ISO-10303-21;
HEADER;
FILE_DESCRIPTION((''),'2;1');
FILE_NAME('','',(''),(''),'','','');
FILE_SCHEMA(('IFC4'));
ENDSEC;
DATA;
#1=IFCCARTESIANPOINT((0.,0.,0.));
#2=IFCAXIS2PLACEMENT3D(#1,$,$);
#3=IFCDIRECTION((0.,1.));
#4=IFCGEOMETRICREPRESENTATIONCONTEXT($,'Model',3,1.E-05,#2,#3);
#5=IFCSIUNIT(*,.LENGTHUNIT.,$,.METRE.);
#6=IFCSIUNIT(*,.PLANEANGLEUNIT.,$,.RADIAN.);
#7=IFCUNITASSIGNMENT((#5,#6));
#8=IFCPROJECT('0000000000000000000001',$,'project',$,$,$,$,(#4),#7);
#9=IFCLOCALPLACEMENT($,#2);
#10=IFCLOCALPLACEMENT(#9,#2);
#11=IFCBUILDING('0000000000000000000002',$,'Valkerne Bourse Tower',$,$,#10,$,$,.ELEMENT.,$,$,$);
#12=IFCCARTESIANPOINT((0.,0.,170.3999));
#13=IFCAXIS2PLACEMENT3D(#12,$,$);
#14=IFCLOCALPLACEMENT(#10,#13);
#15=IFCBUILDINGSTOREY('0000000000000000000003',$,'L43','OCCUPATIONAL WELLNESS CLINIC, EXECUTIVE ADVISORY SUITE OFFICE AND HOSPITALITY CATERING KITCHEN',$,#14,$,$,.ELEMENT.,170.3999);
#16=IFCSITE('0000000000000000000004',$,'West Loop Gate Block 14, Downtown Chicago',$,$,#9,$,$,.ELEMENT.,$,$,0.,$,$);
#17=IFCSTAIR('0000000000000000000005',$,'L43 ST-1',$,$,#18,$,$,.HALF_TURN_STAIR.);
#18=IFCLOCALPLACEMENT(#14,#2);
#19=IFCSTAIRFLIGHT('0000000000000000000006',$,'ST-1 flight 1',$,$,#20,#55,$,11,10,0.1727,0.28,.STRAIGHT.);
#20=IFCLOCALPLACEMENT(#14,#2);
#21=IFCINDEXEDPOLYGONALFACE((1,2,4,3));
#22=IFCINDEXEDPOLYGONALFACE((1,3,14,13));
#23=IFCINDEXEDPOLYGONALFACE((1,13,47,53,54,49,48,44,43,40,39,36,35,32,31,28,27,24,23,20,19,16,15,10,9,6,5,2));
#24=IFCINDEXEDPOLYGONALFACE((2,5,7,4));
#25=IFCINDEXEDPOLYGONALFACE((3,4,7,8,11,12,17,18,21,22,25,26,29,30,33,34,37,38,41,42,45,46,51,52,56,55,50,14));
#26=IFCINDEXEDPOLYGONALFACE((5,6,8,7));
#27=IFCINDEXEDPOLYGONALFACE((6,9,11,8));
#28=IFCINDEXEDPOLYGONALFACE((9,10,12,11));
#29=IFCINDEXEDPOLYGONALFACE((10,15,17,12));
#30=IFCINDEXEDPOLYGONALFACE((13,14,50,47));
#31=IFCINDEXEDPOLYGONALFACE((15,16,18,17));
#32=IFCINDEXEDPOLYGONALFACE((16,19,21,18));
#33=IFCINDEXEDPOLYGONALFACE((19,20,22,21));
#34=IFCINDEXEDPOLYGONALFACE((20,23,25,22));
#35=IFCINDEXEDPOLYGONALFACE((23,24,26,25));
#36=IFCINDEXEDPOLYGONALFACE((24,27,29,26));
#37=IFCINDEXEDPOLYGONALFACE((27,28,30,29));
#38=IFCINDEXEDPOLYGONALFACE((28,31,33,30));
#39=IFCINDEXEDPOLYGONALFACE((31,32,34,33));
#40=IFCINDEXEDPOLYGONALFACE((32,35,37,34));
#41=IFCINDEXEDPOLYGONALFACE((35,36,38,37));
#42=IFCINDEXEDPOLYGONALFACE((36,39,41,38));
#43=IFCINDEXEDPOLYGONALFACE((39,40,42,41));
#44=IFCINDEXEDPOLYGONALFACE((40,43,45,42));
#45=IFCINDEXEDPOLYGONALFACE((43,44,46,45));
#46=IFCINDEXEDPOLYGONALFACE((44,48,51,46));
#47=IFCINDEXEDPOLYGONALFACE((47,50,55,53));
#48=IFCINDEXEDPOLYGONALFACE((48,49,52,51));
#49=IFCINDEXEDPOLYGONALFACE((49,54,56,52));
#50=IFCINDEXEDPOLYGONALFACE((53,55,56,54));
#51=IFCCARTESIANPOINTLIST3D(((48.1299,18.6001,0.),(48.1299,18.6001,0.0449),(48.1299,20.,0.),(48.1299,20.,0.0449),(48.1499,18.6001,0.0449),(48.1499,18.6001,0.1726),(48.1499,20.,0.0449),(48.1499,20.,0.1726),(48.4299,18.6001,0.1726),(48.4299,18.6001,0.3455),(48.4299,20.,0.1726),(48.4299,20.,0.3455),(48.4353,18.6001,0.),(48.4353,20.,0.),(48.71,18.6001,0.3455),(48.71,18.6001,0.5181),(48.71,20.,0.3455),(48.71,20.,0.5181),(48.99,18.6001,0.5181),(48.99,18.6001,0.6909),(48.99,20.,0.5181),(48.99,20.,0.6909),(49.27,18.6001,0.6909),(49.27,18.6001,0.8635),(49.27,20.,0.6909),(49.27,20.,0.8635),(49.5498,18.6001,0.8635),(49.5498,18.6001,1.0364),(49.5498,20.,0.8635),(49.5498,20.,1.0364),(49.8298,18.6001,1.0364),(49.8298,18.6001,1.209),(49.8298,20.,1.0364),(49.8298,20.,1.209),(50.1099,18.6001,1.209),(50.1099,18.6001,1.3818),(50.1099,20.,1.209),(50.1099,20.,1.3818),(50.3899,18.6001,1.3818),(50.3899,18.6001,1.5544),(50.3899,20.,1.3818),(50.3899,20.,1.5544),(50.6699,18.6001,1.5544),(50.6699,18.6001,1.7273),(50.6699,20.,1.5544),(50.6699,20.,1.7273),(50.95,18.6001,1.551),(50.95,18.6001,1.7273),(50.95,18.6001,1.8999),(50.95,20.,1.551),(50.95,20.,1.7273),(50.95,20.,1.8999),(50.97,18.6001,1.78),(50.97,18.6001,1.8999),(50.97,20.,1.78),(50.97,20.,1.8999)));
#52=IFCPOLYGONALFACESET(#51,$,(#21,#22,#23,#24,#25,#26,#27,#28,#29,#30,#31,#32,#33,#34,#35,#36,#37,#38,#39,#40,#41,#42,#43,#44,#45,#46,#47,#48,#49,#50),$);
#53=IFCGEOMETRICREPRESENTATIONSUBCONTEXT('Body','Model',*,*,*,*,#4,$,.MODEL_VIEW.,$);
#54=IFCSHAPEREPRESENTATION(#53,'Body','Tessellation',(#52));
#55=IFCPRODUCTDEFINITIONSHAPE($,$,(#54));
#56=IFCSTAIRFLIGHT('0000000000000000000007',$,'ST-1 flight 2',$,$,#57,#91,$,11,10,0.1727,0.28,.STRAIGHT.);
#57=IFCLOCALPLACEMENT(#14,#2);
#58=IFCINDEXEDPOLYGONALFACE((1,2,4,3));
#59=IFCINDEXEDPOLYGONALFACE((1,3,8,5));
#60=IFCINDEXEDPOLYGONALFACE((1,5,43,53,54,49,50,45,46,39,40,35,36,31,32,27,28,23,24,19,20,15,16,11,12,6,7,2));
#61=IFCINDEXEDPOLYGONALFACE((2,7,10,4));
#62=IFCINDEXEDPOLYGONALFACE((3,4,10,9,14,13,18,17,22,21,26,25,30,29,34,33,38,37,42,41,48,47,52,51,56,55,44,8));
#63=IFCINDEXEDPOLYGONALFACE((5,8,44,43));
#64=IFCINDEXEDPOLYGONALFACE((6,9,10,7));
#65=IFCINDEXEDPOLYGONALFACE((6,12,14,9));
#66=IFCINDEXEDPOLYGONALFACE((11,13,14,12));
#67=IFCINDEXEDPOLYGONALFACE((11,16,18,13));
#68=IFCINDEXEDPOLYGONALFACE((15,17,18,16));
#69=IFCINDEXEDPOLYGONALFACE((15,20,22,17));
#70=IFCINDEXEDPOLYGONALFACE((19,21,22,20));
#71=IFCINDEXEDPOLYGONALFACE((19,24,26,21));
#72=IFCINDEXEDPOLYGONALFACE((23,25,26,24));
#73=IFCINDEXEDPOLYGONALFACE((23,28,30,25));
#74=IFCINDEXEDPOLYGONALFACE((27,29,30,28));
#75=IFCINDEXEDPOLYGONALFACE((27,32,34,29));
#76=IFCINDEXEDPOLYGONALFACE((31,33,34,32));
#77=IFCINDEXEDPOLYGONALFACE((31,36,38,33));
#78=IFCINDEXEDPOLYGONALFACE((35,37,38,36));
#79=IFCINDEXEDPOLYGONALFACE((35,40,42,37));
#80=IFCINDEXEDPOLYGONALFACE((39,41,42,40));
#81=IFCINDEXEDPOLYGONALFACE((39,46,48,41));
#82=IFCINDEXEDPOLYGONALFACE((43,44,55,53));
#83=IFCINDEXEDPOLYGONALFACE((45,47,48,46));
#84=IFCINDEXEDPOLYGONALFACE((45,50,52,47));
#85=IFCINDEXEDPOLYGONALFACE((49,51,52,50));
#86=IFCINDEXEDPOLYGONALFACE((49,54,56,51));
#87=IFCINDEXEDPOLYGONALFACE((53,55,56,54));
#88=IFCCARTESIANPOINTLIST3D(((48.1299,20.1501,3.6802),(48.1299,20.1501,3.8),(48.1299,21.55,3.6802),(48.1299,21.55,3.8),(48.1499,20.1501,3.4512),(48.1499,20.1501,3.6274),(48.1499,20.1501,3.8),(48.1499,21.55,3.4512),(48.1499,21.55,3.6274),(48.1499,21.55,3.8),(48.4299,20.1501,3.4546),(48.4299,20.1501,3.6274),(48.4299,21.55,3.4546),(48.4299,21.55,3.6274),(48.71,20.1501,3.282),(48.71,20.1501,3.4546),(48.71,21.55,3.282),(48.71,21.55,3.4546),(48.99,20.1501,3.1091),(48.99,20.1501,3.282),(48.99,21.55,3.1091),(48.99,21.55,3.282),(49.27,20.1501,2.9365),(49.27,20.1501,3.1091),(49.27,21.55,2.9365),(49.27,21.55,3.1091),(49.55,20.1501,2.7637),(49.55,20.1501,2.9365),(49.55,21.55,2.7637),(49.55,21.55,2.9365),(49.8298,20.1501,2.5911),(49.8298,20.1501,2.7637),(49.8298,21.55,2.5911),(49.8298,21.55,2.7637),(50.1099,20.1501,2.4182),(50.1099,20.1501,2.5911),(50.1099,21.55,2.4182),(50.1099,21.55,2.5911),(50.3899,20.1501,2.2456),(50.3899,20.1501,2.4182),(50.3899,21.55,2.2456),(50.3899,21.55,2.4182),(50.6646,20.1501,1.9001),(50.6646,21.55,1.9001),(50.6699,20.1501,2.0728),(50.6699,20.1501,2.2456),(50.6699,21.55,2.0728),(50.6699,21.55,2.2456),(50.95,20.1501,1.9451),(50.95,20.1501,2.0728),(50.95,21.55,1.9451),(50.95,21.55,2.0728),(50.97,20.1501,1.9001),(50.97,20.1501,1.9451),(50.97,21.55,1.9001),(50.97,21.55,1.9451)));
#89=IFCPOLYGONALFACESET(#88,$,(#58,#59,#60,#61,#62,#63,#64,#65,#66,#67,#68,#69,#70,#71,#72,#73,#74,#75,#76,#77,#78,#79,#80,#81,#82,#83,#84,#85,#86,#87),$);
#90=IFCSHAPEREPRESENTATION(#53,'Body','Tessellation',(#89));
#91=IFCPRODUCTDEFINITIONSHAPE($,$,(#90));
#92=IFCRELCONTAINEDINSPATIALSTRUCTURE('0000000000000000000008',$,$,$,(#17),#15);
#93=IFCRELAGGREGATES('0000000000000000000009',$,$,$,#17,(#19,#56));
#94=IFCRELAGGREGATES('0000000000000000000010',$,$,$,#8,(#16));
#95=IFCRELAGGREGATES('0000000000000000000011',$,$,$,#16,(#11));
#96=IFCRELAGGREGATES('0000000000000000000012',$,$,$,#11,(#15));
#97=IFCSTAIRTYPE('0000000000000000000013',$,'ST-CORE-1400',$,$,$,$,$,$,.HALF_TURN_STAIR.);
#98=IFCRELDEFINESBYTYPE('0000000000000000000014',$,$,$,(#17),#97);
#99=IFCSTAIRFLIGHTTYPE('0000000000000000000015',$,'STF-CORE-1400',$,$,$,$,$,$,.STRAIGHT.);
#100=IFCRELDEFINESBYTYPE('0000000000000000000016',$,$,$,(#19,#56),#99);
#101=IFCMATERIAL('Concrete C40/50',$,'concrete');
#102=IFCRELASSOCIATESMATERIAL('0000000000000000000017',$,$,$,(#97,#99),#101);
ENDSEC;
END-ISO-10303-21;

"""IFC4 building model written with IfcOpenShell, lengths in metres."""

from ifc_helpers import new_model, si_unit, direction, frame, origin, place, context, subcontext, project, spatial, polyline, outline, extrude, material, type_object, element, aggregate, save


model = new_model("IFC4")

# Units and contexts
model_context = context("Model", 3, precision=1e-05, world=origin(), true_north=direction((0.0, 1.0)))
body_context = subcontext(model_context, "Body", "Model", "MODEL_VIEW")
ifc_project = project(units=[si_unit("LENGTHUNIT", "METRE"), si_unit("PLANEANGLEUNIT", "RADIAN")], contexts=[model_context])

# Site, building, storey
site_placement = place(None, origin())
site = spatial("IfcSite", under=ifc_project, at=site_placement, Name="West Loop Gate Block 14, Downtown Chicago", CompositionType="ELEMENT", RefElevation=0.0)
building_placement = place(site_placement, origin())
building = spatial("IfcBuilding", under=site, at=building_placement, Name="Valkerne Bourse Tower", CompositionType="ELEMENT")
storey_placement = place(building_placement, frame((0.0, 0.0, 170.3999)))
storey = spatial("IfcBuildingStorey", under=building, at=storey_placement, Name="L43", Description="OCCUPATIONAL WELLNESS CLINIC, EXECUTIVE ADVISORY SUITE OFFICE AND HOSPITALITY CATERING KITCHEN", CompositionType="ELEMENT", Elevation=170.3999)

# Shared definitions
ifc_material_1 = material(Name="Concrete C40/50", Category="concrete")

# Stair, stair flights
stair_type = type_object("IfcStairType", Name="ST-CORE-1400", PredefinedType="HALF_TURN_STAIR", material=ifc_material_1)
stair_placement = place(storey_placement, origin())
stair = element("IfcStair", 1, at=stair_placement, inside=storey, type_object=stair_type, Name="L43 ST-1", PredefinedType="HALF_TURN_STAIR")
stair_flight_type = type_object("IfcStairFlightType", Name="STF-CORE-1400", PredefinedType="STRAIGHT", material=ifc_material_1)
stair_flight_1_placement = place(storey_placement, frame((48.1499, 19.3, 0.0), z_axis=(0.0, 0.0, 1.0), x_axis=(1.0, 0.0, 0.0)))
stair_flight_1 = element("IfcStairFlight", 2, at=stair_flight_1_placement, type_object=stair_flight_type, Name="ST-1 flight 1", NumberOfRisers=11, NumberOfTreads=10, PredefinedType="STRAIGHT", RiserHeight=0.1727, TreadLength=0.28, context=body_context, shape_type="SweptSolid", body=[
    extrude(outline(polyline([(-0.02, 0.0), (-0.02, 0.0449), (0.0, 0.0449), (0.0, 0.1726), (0.28, 0.1726), (0.28, 0.3455), (0.5601, 0.3455), (0.5601, 0.5181), (0.8401, 0.5181), (0.8401, 0.6909), (1.1201, 0.6909), (1.1201, 0.8635), (1.3999, 0.8635), (1.3999, 1.0364), (1.6799, 1.0364), (1.6799, 1.209), (1.96, 1.209), (1.96, 1.3818), (2.24, 1.3818), (2.24, 1.5544), (2.52, 1.5544), (2.52, 1.7273), (2.8, 1.7273), (2.8, 1.8999), (2.8201, 1.8999), (2.8201, 1.78), (2.8, 1.551), (0.2854, 0.0), (-0.02, 0.0)])), frame((0.0, 0.7, 0.0), z_axis=(0.0, -1.0, 0.0), x_axis=(1.0, 0.0, 0.0)), (0.0, 0.0, 1.0), 1.3999),
])
stair_flight_2_placement = place(storey_placement, frame((50.95, 20.8501, 1.9001), z_axis=(0.0, 0.0, 1.0), x_axis=(-1.0, 0.0, 0.0)))
stair_flight_2 = element("IfcStairFlight", 3, at=stair_flight_2_placement, type_object=stair_flight_type, Name="ST-1 flight 2", NumberOfRisers=11, NumberOfTreads=10, PredefinedType="STRAIGHT", RiserHeight=0.1727, TreadLength=0.28, context=body_context, shape_type="SweptSolid", body=[
    extrude(outline(polyline([(-0.02, 0.0), (-0.02, 0.0449), (0.0, 0.0449), (0.0, 0.1726), (0.28, 0.1726), (0.28, 0.3455), (0.5601, 0.3455), (0.5601, 0.5181), (0.8401, 0.5181), (0.8401, 0.6909), (1.1201, 0.6909), (1.1201, 0.8635), (1.3999, 0.8635), (1.3999, 1.0364), (1.6799, 1.0364), (1.6799, 1.209), (1.96, 1.209), (1.96, 1.3818), (2.24, 1.3818), (2.24, 1.5544), (2.52, 1.5544), (2.52, 1.7273), (2.8, 1.7273), (2.8, 1.8999), (2.8201, 1.8999), (2.8201, 1.78), (2.8, 1.551), (0.2854, 0.0), (-0.02, 0.0)])), frame((0.0, 0.7, 0.0), z_axis=(0.0, -1.0, 0.0), x_axis=(1.0, 0.0, 0.0)), (0.0, 0.0, 1.0), 1.3999),
])
aggregate(stair, [stair_flight_1, stair_flight_2])

save(model, "model.ifc")
